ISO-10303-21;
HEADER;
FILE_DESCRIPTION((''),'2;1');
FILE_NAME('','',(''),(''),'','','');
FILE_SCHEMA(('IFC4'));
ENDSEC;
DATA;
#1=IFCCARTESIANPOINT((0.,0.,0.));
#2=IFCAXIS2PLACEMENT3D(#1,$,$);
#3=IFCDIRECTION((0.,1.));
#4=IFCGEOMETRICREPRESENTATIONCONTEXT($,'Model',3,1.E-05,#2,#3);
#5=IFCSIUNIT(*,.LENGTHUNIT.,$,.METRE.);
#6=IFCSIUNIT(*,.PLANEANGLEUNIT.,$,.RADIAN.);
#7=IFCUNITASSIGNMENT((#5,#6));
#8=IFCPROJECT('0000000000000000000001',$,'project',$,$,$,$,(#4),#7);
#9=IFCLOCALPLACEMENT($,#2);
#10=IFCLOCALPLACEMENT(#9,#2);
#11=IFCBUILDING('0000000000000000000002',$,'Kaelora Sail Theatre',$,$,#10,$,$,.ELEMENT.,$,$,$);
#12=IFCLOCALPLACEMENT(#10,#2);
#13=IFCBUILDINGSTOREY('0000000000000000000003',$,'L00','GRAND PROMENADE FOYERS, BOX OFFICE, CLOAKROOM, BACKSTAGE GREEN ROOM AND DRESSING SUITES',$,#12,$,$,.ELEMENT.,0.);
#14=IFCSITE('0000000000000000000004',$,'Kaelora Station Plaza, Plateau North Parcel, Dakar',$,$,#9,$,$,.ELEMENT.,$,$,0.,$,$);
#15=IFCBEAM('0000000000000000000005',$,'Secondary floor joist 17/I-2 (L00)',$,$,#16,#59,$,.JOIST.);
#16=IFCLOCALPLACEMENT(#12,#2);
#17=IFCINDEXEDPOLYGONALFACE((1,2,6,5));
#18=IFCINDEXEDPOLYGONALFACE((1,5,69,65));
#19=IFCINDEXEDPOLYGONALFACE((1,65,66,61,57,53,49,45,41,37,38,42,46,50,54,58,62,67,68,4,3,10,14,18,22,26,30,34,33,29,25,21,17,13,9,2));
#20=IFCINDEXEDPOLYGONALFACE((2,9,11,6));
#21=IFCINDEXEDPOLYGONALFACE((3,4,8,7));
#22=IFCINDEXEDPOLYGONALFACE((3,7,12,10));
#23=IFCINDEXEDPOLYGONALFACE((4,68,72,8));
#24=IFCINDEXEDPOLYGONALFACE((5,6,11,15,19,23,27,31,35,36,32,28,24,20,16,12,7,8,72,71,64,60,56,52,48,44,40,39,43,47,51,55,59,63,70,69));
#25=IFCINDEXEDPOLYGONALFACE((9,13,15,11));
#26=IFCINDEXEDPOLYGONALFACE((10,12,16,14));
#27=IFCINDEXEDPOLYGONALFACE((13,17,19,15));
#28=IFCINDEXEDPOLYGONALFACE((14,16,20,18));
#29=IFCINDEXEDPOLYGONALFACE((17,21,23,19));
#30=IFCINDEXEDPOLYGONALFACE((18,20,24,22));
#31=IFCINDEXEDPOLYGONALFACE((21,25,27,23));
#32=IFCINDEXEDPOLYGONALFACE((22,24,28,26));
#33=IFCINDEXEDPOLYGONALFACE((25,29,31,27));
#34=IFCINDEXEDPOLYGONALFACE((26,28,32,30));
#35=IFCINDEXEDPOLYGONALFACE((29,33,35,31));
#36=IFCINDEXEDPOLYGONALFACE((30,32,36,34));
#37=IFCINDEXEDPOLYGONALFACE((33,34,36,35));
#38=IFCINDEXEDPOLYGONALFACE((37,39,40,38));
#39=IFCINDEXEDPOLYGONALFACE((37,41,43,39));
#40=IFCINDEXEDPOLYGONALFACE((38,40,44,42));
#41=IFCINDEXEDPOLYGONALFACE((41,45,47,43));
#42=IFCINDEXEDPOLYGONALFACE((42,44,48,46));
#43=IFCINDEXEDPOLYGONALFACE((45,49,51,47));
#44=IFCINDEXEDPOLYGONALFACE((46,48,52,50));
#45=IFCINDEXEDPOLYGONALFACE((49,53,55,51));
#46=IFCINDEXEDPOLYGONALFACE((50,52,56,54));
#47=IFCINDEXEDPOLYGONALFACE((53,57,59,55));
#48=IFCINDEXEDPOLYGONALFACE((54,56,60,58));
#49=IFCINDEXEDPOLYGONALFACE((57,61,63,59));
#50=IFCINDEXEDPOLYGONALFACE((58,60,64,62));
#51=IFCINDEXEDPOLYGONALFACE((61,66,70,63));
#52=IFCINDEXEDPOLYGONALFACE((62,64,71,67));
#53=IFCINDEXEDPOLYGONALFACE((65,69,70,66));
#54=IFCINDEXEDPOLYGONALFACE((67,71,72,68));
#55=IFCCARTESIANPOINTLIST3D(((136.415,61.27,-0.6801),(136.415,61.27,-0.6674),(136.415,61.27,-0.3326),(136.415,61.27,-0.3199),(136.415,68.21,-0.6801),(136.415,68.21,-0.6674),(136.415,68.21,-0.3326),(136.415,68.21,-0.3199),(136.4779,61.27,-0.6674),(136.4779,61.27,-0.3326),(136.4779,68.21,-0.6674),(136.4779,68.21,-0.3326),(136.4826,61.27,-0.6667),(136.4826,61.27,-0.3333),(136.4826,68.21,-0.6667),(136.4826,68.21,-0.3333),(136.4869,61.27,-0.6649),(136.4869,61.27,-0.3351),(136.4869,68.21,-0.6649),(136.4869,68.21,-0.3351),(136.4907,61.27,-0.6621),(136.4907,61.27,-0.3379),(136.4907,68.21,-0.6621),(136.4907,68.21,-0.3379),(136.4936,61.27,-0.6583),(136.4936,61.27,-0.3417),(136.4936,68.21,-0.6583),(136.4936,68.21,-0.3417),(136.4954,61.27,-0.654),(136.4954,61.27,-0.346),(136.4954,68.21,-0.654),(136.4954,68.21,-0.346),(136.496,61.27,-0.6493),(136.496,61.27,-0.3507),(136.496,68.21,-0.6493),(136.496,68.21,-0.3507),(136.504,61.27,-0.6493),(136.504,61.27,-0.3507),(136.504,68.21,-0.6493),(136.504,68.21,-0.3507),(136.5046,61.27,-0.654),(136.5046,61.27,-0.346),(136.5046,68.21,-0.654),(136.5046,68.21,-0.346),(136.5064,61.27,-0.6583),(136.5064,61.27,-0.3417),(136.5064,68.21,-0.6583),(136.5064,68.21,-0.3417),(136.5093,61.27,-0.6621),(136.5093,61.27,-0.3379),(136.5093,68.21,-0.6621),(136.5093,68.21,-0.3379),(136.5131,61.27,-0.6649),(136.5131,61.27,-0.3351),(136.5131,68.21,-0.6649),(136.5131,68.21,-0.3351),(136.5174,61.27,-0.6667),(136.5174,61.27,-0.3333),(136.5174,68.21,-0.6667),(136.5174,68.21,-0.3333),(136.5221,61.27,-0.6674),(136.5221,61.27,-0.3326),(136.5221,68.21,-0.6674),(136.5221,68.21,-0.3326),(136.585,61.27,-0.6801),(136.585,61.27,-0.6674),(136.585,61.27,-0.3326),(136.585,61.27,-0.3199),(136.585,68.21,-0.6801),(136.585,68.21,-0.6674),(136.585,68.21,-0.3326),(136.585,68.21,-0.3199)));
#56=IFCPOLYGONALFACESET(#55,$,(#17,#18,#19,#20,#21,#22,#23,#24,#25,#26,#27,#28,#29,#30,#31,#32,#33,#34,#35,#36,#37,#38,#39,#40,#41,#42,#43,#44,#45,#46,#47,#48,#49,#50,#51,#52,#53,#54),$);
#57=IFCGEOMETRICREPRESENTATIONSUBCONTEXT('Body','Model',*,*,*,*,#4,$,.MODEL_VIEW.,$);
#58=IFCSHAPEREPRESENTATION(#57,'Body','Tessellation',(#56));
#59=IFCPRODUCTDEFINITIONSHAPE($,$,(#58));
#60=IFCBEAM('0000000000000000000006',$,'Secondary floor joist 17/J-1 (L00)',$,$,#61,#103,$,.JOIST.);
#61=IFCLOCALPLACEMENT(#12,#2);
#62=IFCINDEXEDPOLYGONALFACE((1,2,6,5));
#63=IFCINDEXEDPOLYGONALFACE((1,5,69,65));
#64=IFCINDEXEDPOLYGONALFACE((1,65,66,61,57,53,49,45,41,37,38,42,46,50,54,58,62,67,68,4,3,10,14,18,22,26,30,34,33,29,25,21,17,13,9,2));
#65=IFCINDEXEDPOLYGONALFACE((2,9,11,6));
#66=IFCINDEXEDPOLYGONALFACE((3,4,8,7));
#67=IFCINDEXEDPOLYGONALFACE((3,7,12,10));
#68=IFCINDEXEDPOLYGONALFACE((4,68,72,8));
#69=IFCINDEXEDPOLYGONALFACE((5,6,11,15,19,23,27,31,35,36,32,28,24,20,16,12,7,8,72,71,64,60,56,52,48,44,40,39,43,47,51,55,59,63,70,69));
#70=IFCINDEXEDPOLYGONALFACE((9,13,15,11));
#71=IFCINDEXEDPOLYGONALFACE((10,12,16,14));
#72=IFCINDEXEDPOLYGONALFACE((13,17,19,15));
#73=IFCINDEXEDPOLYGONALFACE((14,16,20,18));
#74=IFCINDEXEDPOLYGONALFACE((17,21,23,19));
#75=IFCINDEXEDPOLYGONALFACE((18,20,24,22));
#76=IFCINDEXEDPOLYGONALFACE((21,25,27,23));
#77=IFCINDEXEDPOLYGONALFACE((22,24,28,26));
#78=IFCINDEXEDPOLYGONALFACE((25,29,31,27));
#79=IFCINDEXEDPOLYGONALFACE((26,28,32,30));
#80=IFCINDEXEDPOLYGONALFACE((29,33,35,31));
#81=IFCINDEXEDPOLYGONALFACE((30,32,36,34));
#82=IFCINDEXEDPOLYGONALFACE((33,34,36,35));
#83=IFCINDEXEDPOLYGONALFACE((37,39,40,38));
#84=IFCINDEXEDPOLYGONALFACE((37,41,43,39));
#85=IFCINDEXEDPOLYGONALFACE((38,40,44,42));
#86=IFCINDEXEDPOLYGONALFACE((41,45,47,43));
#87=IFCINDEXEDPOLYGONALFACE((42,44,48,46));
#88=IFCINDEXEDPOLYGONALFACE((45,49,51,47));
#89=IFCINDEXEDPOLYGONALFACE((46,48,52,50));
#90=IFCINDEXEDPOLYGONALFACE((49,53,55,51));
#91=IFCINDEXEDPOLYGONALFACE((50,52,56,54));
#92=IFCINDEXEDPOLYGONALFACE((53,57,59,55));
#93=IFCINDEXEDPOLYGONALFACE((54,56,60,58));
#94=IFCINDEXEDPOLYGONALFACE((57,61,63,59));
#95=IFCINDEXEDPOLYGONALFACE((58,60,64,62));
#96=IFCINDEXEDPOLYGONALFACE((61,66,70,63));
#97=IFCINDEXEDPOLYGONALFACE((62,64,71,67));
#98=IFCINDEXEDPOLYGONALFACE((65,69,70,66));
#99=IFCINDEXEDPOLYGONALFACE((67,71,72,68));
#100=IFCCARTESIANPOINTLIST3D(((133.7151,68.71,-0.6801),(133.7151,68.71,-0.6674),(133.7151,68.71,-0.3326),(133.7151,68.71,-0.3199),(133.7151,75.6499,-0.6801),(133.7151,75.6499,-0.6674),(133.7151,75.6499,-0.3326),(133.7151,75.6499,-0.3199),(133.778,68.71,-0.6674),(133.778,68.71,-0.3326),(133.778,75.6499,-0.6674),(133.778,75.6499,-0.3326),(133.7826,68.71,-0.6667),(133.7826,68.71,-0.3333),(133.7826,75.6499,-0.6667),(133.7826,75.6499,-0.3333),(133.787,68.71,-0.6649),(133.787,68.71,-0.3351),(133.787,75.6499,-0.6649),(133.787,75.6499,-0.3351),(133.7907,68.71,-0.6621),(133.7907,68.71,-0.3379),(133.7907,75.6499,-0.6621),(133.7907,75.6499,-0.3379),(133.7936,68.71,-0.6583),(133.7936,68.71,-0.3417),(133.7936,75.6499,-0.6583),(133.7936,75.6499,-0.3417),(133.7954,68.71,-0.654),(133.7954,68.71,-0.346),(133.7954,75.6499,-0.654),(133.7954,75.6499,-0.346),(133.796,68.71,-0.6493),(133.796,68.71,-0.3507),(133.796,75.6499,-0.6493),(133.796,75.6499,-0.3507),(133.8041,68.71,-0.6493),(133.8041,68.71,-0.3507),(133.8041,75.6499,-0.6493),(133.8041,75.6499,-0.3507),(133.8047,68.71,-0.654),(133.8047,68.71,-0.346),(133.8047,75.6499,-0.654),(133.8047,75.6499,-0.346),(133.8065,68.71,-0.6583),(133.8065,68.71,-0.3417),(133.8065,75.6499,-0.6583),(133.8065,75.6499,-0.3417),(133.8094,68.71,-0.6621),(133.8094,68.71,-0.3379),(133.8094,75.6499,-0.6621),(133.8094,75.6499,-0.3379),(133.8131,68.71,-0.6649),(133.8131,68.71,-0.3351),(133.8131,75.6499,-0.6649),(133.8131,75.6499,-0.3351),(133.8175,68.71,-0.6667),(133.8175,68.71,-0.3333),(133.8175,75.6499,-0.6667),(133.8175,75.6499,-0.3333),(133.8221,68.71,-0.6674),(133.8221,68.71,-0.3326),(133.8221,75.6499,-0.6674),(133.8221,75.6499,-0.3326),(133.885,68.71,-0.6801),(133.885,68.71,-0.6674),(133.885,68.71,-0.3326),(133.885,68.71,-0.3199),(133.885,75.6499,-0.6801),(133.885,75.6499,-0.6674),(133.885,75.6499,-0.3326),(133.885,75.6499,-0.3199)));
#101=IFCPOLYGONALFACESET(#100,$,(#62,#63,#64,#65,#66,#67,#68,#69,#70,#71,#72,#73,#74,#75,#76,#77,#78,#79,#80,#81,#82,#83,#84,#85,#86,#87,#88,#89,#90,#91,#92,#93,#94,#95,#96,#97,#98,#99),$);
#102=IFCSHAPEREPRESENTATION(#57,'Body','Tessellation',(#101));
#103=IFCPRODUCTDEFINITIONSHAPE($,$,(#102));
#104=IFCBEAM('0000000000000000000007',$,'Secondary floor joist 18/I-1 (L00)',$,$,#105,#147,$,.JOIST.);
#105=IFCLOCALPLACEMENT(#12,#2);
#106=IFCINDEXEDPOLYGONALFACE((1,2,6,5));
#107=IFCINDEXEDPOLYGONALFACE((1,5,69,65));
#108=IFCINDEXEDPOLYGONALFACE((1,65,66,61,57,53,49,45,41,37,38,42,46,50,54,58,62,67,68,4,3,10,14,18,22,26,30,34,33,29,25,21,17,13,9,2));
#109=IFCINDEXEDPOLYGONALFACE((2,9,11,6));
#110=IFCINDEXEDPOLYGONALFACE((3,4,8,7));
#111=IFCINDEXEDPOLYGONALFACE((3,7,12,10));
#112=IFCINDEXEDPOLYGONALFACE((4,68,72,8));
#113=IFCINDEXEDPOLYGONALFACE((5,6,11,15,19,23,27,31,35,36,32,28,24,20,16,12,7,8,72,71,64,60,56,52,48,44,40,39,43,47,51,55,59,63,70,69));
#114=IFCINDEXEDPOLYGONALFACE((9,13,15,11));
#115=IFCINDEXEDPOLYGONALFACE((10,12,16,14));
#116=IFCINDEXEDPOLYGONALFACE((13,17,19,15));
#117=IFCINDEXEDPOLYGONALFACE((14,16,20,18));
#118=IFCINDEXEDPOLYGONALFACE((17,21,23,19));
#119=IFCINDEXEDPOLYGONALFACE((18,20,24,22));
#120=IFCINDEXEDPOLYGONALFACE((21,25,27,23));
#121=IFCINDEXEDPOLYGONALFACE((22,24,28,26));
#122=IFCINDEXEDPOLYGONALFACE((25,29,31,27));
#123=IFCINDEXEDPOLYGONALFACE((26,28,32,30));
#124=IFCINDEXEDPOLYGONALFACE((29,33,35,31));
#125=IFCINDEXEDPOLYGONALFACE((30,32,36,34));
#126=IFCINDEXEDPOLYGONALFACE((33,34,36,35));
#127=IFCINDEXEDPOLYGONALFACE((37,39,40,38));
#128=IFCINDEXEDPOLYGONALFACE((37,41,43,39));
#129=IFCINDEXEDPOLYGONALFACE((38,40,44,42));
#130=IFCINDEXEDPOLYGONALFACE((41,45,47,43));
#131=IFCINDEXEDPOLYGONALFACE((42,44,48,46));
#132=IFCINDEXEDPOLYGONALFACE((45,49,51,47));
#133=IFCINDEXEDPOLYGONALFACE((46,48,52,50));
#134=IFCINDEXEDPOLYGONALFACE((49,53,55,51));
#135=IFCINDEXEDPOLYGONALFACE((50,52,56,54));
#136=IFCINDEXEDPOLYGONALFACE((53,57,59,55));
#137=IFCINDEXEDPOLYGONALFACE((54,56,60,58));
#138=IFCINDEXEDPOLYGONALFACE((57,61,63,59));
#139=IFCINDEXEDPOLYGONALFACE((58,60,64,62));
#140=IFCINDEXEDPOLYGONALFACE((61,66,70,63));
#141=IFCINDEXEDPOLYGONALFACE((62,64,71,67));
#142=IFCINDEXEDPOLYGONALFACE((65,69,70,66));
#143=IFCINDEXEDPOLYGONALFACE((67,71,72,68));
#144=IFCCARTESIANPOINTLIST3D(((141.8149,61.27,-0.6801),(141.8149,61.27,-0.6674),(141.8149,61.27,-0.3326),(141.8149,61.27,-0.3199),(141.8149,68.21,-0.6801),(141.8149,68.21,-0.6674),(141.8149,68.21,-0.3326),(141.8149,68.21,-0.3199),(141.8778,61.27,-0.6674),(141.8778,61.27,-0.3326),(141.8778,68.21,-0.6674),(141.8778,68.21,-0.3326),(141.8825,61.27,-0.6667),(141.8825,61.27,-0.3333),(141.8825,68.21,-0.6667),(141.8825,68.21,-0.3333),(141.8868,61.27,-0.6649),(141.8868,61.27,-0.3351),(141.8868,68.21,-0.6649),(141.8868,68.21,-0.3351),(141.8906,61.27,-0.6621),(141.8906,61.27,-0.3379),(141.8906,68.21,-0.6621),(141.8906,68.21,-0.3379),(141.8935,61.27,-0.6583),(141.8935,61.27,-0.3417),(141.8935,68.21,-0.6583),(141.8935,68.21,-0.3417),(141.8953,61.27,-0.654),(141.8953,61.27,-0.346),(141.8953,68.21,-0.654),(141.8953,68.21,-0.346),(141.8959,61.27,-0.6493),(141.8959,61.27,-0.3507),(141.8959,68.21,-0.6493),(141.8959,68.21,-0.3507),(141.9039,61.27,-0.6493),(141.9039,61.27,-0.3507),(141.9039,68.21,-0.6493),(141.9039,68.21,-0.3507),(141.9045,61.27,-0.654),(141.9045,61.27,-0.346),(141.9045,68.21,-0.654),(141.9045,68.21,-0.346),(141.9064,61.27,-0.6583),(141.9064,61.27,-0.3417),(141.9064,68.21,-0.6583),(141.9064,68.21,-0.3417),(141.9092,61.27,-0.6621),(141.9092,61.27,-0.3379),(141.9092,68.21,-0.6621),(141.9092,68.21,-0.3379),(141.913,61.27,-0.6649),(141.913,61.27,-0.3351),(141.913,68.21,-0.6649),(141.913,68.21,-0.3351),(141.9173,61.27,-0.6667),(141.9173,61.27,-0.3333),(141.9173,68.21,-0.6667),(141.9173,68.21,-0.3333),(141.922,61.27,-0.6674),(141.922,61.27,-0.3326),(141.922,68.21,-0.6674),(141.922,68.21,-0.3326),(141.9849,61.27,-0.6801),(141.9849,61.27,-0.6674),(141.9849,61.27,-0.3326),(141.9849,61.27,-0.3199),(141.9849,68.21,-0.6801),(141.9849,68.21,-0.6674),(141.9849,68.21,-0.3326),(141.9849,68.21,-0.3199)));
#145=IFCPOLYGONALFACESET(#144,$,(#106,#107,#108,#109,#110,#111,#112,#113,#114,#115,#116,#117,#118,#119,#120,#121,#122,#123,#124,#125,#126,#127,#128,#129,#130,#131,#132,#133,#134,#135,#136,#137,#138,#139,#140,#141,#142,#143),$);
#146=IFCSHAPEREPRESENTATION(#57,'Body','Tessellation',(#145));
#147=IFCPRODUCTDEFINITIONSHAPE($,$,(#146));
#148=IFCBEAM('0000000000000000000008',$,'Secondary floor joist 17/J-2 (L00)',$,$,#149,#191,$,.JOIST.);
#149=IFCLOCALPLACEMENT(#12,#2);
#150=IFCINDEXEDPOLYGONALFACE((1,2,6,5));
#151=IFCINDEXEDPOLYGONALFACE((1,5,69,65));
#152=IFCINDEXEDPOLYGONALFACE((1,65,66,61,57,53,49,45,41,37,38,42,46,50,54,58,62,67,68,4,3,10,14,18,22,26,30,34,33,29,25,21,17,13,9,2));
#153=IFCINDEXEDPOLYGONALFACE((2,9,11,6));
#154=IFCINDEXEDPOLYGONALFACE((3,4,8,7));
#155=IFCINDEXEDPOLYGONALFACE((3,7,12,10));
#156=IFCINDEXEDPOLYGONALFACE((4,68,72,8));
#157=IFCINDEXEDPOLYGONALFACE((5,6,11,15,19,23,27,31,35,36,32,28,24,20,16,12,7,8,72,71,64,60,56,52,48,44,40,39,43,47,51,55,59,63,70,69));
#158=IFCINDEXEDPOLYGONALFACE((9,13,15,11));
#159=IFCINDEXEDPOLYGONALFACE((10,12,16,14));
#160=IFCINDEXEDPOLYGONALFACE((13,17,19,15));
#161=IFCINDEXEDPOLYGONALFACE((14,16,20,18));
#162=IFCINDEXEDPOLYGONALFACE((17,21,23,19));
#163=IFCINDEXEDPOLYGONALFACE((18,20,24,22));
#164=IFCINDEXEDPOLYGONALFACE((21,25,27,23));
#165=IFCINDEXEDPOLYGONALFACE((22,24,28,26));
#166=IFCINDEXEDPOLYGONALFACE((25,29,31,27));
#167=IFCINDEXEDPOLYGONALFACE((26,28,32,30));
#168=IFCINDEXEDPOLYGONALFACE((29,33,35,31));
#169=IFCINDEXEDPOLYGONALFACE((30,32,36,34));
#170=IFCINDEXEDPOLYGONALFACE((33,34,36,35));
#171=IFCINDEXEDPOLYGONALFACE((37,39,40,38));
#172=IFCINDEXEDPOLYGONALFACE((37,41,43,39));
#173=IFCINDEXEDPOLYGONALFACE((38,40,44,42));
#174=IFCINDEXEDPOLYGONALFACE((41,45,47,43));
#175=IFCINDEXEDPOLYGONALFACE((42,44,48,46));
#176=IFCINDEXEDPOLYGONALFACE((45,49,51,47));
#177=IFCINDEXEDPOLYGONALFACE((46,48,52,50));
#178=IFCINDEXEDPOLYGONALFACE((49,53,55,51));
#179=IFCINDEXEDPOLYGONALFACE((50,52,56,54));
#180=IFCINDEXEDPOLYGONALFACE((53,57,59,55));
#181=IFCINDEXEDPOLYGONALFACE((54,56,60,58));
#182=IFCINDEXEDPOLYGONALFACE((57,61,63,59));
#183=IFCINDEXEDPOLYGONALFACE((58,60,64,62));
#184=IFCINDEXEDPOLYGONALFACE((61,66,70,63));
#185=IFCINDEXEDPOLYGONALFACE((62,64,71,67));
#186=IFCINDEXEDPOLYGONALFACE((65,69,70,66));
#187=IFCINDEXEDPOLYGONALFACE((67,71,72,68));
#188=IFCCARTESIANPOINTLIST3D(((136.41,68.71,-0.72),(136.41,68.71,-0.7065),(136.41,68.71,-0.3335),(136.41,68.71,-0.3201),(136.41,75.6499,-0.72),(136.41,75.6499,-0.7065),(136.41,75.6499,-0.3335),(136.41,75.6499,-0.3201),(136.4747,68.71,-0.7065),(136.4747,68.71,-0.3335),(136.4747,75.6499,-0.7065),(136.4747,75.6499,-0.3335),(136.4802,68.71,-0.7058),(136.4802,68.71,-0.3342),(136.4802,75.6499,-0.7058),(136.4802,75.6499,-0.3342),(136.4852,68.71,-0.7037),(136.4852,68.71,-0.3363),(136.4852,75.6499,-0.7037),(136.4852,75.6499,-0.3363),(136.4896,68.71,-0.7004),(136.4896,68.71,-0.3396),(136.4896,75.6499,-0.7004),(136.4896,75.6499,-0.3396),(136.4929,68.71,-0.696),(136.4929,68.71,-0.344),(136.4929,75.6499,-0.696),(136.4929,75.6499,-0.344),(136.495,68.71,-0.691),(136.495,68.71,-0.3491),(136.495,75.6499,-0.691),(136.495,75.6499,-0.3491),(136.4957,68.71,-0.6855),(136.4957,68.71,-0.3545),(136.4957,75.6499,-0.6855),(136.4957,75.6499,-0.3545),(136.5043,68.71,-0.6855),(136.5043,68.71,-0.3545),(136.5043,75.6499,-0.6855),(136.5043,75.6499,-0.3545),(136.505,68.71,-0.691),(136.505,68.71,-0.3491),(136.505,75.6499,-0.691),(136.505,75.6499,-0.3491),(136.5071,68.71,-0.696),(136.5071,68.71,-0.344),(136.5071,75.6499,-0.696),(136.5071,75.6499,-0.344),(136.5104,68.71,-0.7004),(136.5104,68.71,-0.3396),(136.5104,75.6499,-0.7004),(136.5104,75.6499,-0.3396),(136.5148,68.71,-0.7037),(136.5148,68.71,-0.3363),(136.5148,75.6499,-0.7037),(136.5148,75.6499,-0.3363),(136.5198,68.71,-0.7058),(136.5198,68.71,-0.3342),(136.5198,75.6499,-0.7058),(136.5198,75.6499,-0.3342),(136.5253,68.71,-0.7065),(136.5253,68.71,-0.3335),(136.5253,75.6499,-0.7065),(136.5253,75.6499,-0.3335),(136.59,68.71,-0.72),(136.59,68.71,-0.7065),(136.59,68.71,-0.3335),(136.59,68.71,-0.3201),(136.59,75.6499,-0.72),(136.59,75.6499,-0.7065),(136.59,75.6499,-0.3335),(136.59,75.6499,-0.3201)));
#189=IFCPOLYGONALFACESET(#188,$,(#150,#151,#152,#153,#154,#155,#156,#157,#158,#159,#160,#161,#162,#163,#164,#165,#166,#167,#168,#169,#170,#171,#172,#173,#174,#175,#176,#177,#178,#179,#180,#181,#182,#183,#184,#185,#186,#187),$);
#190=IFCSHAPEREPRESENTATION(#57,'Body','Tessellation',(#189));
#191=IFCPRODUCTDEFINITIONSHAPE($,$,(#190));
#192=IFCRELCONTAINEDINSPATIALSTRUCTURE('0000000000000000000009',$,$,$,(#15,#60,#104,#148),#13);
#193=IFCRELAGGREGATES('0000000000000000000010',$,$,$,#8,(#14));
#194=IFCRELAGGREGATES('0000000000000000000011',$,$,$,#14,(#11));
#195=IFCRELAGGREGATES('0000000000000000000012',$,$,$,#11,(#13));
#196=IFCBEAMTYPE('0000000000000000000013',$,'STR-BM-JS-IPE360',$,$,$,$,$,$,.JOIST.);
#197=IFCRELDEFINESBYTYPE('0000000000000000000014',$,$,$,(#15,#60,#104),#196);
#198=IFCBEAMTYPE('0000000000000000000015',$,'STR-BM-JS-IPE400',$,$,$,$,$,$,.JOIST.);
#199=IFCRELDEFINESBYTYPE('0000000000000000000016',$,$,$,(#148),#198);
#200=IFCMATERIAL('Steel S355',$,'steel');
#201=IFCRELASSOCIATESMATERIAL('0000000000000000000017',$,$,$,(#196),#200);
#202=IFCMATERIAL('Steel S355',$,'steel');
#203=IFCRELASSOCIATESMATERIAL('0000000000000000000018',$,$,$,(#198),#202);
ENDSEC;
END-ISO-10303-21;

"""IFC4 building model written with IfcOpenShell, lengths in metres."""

from ifc_helpers import new_model, si_unit, direction, frame, origin, origin_2d, place, context, subcontext, project, spatial, i_section, extrude, material, material_profile, profile_set, type_object, element, save


model = new_model("IFC4")

# Units and contexts
model_context = context("Model", 3, precision=1e-05, world=origin(), true_north=direction((0.0, 1.0)))
body_context = subcontext(model_context, "Body", "Model", "MODEL_VIEW")
ifc_project = project(units=[si_unit("LENGTHUNIT", "METRE"), si_unit("PLANEANGLEUNIT", "RADIAN")], contexts=[model_context])

# Site, building, storey
site_placement = place(None, origin())
site = spatial("IfcSite", under=ifc_project, at=site_placement, Name="Kaelora Station Plaza, Plateau North Parcel, Dakar", CompositionType="ELEMENT", RefElevation=0.0)
building_placement = place(site_placement, origin())
building = spatial("IfcBuilding", under=site, at=building_placement, Name="Kaelora Sail Theatre", CompositionType="ELEMENT")
storey_placement = place(building_placement, origin())
storey = spatial("IfcBuildingStorey", under=building, at=storey_placement, Name="L00", Description="GRAND PROMENADE FOYERS, BOX OFFICE, CLOAKROOM, BACKSTAGE GREEN ROOM AND DRESSING SUITES", CompositionType="ELEMENT", Elevation=0.0)

# Beams
ifc_material_1 = material(Name="Steel S355", Category="steel")
ifc_material_profile_1 = material_profile(ifc_material_1, i_section(OverallWidth=0.1699, OverallDepth=0.3601, WebThickness=0.0081, FlangeThickness=0.0127, FilletRadius=0.0181, at=origin_2d()), Name="IPE 360")
ifc_profile_set_1 = profile_set([ifc_material_profile_1], Name="Steel S355")
beam_type_1 = type_object("IfcBeamType", Name="STR-BM-JS-IPE360", PredefinedType="JOIST", material=ifc_profile_set_1)
for number, where, z_axis, x_axis, name in (
    (1, (136.5, 61.27, -0.5), (0.0, 1.0, 0.0), (-1.0, 0.0, 0.0), "Secondary floor joist 17/I-2 (L00)"),
    (2, (133.8, 68.71, -0.5), (0.0, 1.0, 0.0), (-1.0, 0.0, 0.0), "Secondary floor joist 17/J-1 (L00)"),
    (3, (141.8999, 61.27, -0.5), (0.0, 1.0, 0.0), (-1.0, 0.0, 0.0), "Secondary floor joist 18/I-1 (L00)"),
):
    element("IfcBeam", number, at=place(storey_placement, frame(where, z_axis=z_axis, x_axis=x_axis)), inside=storey, type_object=beam_type_1, Name=name, PredefinedType="JOIST", context=body_context, shape_type="SweptSolid", body=[
        extrude(i_section(OverallWidth=0.1699, OverallDepth=0.3601, WebThickness=0.0081, FlangeThickness=0.0127, FilletRadius=0.0181, at=origin_2d()), origin(), (0.0, 0.0, 1.0), 6.9399),
    ])
ifc_material_2 = material(Name="Steel S355", Category="steel")
ifc_material_profile_2 = material_profile(ifc_material_2, i_section(OverallWidth=0.1799, OverallDepth=0.3999, WebThickness=0.0085, FlangeThickness=0.0134, FilletRadius=0.021, at=origin_2d()), Name="IPE 400")
ifc_profile_set_2 = profile_set([ifc_material_profile_2], Name="Steel S355")
beam_type_2 = type_object("IfcBeamType", Name="STR-BM-JS-IPE400", PredefinedType="JOIST", material=ifc_profile_set_2)
beam_1_placement = place(storey_placement, frame((136.5, 68.71, -0.52), z_axis=(0.0, 1.0, 0.0), x_axis=(-1.0, 0.0, 0.0)))
element("IfcBeam", 4, at=beam_1_placement, inside=storey, type_object=beam_type_2, Name="Secondary floor joist 17/J-2 (L00)", PredefinedType="JOIST", context=body_context, shape_type="SweptSolid", body=[
    extrude(i_section(OverallWidth=0.1799, OverallDepth=0.3999, WebThickness=0.0085, FlangeThickness=0.0134, FilletRadius=0.021, at=origin_2d()), origin(), (0.0, 0.0, 1.0), 6.9399),
])

save(model, "model.ifc")
